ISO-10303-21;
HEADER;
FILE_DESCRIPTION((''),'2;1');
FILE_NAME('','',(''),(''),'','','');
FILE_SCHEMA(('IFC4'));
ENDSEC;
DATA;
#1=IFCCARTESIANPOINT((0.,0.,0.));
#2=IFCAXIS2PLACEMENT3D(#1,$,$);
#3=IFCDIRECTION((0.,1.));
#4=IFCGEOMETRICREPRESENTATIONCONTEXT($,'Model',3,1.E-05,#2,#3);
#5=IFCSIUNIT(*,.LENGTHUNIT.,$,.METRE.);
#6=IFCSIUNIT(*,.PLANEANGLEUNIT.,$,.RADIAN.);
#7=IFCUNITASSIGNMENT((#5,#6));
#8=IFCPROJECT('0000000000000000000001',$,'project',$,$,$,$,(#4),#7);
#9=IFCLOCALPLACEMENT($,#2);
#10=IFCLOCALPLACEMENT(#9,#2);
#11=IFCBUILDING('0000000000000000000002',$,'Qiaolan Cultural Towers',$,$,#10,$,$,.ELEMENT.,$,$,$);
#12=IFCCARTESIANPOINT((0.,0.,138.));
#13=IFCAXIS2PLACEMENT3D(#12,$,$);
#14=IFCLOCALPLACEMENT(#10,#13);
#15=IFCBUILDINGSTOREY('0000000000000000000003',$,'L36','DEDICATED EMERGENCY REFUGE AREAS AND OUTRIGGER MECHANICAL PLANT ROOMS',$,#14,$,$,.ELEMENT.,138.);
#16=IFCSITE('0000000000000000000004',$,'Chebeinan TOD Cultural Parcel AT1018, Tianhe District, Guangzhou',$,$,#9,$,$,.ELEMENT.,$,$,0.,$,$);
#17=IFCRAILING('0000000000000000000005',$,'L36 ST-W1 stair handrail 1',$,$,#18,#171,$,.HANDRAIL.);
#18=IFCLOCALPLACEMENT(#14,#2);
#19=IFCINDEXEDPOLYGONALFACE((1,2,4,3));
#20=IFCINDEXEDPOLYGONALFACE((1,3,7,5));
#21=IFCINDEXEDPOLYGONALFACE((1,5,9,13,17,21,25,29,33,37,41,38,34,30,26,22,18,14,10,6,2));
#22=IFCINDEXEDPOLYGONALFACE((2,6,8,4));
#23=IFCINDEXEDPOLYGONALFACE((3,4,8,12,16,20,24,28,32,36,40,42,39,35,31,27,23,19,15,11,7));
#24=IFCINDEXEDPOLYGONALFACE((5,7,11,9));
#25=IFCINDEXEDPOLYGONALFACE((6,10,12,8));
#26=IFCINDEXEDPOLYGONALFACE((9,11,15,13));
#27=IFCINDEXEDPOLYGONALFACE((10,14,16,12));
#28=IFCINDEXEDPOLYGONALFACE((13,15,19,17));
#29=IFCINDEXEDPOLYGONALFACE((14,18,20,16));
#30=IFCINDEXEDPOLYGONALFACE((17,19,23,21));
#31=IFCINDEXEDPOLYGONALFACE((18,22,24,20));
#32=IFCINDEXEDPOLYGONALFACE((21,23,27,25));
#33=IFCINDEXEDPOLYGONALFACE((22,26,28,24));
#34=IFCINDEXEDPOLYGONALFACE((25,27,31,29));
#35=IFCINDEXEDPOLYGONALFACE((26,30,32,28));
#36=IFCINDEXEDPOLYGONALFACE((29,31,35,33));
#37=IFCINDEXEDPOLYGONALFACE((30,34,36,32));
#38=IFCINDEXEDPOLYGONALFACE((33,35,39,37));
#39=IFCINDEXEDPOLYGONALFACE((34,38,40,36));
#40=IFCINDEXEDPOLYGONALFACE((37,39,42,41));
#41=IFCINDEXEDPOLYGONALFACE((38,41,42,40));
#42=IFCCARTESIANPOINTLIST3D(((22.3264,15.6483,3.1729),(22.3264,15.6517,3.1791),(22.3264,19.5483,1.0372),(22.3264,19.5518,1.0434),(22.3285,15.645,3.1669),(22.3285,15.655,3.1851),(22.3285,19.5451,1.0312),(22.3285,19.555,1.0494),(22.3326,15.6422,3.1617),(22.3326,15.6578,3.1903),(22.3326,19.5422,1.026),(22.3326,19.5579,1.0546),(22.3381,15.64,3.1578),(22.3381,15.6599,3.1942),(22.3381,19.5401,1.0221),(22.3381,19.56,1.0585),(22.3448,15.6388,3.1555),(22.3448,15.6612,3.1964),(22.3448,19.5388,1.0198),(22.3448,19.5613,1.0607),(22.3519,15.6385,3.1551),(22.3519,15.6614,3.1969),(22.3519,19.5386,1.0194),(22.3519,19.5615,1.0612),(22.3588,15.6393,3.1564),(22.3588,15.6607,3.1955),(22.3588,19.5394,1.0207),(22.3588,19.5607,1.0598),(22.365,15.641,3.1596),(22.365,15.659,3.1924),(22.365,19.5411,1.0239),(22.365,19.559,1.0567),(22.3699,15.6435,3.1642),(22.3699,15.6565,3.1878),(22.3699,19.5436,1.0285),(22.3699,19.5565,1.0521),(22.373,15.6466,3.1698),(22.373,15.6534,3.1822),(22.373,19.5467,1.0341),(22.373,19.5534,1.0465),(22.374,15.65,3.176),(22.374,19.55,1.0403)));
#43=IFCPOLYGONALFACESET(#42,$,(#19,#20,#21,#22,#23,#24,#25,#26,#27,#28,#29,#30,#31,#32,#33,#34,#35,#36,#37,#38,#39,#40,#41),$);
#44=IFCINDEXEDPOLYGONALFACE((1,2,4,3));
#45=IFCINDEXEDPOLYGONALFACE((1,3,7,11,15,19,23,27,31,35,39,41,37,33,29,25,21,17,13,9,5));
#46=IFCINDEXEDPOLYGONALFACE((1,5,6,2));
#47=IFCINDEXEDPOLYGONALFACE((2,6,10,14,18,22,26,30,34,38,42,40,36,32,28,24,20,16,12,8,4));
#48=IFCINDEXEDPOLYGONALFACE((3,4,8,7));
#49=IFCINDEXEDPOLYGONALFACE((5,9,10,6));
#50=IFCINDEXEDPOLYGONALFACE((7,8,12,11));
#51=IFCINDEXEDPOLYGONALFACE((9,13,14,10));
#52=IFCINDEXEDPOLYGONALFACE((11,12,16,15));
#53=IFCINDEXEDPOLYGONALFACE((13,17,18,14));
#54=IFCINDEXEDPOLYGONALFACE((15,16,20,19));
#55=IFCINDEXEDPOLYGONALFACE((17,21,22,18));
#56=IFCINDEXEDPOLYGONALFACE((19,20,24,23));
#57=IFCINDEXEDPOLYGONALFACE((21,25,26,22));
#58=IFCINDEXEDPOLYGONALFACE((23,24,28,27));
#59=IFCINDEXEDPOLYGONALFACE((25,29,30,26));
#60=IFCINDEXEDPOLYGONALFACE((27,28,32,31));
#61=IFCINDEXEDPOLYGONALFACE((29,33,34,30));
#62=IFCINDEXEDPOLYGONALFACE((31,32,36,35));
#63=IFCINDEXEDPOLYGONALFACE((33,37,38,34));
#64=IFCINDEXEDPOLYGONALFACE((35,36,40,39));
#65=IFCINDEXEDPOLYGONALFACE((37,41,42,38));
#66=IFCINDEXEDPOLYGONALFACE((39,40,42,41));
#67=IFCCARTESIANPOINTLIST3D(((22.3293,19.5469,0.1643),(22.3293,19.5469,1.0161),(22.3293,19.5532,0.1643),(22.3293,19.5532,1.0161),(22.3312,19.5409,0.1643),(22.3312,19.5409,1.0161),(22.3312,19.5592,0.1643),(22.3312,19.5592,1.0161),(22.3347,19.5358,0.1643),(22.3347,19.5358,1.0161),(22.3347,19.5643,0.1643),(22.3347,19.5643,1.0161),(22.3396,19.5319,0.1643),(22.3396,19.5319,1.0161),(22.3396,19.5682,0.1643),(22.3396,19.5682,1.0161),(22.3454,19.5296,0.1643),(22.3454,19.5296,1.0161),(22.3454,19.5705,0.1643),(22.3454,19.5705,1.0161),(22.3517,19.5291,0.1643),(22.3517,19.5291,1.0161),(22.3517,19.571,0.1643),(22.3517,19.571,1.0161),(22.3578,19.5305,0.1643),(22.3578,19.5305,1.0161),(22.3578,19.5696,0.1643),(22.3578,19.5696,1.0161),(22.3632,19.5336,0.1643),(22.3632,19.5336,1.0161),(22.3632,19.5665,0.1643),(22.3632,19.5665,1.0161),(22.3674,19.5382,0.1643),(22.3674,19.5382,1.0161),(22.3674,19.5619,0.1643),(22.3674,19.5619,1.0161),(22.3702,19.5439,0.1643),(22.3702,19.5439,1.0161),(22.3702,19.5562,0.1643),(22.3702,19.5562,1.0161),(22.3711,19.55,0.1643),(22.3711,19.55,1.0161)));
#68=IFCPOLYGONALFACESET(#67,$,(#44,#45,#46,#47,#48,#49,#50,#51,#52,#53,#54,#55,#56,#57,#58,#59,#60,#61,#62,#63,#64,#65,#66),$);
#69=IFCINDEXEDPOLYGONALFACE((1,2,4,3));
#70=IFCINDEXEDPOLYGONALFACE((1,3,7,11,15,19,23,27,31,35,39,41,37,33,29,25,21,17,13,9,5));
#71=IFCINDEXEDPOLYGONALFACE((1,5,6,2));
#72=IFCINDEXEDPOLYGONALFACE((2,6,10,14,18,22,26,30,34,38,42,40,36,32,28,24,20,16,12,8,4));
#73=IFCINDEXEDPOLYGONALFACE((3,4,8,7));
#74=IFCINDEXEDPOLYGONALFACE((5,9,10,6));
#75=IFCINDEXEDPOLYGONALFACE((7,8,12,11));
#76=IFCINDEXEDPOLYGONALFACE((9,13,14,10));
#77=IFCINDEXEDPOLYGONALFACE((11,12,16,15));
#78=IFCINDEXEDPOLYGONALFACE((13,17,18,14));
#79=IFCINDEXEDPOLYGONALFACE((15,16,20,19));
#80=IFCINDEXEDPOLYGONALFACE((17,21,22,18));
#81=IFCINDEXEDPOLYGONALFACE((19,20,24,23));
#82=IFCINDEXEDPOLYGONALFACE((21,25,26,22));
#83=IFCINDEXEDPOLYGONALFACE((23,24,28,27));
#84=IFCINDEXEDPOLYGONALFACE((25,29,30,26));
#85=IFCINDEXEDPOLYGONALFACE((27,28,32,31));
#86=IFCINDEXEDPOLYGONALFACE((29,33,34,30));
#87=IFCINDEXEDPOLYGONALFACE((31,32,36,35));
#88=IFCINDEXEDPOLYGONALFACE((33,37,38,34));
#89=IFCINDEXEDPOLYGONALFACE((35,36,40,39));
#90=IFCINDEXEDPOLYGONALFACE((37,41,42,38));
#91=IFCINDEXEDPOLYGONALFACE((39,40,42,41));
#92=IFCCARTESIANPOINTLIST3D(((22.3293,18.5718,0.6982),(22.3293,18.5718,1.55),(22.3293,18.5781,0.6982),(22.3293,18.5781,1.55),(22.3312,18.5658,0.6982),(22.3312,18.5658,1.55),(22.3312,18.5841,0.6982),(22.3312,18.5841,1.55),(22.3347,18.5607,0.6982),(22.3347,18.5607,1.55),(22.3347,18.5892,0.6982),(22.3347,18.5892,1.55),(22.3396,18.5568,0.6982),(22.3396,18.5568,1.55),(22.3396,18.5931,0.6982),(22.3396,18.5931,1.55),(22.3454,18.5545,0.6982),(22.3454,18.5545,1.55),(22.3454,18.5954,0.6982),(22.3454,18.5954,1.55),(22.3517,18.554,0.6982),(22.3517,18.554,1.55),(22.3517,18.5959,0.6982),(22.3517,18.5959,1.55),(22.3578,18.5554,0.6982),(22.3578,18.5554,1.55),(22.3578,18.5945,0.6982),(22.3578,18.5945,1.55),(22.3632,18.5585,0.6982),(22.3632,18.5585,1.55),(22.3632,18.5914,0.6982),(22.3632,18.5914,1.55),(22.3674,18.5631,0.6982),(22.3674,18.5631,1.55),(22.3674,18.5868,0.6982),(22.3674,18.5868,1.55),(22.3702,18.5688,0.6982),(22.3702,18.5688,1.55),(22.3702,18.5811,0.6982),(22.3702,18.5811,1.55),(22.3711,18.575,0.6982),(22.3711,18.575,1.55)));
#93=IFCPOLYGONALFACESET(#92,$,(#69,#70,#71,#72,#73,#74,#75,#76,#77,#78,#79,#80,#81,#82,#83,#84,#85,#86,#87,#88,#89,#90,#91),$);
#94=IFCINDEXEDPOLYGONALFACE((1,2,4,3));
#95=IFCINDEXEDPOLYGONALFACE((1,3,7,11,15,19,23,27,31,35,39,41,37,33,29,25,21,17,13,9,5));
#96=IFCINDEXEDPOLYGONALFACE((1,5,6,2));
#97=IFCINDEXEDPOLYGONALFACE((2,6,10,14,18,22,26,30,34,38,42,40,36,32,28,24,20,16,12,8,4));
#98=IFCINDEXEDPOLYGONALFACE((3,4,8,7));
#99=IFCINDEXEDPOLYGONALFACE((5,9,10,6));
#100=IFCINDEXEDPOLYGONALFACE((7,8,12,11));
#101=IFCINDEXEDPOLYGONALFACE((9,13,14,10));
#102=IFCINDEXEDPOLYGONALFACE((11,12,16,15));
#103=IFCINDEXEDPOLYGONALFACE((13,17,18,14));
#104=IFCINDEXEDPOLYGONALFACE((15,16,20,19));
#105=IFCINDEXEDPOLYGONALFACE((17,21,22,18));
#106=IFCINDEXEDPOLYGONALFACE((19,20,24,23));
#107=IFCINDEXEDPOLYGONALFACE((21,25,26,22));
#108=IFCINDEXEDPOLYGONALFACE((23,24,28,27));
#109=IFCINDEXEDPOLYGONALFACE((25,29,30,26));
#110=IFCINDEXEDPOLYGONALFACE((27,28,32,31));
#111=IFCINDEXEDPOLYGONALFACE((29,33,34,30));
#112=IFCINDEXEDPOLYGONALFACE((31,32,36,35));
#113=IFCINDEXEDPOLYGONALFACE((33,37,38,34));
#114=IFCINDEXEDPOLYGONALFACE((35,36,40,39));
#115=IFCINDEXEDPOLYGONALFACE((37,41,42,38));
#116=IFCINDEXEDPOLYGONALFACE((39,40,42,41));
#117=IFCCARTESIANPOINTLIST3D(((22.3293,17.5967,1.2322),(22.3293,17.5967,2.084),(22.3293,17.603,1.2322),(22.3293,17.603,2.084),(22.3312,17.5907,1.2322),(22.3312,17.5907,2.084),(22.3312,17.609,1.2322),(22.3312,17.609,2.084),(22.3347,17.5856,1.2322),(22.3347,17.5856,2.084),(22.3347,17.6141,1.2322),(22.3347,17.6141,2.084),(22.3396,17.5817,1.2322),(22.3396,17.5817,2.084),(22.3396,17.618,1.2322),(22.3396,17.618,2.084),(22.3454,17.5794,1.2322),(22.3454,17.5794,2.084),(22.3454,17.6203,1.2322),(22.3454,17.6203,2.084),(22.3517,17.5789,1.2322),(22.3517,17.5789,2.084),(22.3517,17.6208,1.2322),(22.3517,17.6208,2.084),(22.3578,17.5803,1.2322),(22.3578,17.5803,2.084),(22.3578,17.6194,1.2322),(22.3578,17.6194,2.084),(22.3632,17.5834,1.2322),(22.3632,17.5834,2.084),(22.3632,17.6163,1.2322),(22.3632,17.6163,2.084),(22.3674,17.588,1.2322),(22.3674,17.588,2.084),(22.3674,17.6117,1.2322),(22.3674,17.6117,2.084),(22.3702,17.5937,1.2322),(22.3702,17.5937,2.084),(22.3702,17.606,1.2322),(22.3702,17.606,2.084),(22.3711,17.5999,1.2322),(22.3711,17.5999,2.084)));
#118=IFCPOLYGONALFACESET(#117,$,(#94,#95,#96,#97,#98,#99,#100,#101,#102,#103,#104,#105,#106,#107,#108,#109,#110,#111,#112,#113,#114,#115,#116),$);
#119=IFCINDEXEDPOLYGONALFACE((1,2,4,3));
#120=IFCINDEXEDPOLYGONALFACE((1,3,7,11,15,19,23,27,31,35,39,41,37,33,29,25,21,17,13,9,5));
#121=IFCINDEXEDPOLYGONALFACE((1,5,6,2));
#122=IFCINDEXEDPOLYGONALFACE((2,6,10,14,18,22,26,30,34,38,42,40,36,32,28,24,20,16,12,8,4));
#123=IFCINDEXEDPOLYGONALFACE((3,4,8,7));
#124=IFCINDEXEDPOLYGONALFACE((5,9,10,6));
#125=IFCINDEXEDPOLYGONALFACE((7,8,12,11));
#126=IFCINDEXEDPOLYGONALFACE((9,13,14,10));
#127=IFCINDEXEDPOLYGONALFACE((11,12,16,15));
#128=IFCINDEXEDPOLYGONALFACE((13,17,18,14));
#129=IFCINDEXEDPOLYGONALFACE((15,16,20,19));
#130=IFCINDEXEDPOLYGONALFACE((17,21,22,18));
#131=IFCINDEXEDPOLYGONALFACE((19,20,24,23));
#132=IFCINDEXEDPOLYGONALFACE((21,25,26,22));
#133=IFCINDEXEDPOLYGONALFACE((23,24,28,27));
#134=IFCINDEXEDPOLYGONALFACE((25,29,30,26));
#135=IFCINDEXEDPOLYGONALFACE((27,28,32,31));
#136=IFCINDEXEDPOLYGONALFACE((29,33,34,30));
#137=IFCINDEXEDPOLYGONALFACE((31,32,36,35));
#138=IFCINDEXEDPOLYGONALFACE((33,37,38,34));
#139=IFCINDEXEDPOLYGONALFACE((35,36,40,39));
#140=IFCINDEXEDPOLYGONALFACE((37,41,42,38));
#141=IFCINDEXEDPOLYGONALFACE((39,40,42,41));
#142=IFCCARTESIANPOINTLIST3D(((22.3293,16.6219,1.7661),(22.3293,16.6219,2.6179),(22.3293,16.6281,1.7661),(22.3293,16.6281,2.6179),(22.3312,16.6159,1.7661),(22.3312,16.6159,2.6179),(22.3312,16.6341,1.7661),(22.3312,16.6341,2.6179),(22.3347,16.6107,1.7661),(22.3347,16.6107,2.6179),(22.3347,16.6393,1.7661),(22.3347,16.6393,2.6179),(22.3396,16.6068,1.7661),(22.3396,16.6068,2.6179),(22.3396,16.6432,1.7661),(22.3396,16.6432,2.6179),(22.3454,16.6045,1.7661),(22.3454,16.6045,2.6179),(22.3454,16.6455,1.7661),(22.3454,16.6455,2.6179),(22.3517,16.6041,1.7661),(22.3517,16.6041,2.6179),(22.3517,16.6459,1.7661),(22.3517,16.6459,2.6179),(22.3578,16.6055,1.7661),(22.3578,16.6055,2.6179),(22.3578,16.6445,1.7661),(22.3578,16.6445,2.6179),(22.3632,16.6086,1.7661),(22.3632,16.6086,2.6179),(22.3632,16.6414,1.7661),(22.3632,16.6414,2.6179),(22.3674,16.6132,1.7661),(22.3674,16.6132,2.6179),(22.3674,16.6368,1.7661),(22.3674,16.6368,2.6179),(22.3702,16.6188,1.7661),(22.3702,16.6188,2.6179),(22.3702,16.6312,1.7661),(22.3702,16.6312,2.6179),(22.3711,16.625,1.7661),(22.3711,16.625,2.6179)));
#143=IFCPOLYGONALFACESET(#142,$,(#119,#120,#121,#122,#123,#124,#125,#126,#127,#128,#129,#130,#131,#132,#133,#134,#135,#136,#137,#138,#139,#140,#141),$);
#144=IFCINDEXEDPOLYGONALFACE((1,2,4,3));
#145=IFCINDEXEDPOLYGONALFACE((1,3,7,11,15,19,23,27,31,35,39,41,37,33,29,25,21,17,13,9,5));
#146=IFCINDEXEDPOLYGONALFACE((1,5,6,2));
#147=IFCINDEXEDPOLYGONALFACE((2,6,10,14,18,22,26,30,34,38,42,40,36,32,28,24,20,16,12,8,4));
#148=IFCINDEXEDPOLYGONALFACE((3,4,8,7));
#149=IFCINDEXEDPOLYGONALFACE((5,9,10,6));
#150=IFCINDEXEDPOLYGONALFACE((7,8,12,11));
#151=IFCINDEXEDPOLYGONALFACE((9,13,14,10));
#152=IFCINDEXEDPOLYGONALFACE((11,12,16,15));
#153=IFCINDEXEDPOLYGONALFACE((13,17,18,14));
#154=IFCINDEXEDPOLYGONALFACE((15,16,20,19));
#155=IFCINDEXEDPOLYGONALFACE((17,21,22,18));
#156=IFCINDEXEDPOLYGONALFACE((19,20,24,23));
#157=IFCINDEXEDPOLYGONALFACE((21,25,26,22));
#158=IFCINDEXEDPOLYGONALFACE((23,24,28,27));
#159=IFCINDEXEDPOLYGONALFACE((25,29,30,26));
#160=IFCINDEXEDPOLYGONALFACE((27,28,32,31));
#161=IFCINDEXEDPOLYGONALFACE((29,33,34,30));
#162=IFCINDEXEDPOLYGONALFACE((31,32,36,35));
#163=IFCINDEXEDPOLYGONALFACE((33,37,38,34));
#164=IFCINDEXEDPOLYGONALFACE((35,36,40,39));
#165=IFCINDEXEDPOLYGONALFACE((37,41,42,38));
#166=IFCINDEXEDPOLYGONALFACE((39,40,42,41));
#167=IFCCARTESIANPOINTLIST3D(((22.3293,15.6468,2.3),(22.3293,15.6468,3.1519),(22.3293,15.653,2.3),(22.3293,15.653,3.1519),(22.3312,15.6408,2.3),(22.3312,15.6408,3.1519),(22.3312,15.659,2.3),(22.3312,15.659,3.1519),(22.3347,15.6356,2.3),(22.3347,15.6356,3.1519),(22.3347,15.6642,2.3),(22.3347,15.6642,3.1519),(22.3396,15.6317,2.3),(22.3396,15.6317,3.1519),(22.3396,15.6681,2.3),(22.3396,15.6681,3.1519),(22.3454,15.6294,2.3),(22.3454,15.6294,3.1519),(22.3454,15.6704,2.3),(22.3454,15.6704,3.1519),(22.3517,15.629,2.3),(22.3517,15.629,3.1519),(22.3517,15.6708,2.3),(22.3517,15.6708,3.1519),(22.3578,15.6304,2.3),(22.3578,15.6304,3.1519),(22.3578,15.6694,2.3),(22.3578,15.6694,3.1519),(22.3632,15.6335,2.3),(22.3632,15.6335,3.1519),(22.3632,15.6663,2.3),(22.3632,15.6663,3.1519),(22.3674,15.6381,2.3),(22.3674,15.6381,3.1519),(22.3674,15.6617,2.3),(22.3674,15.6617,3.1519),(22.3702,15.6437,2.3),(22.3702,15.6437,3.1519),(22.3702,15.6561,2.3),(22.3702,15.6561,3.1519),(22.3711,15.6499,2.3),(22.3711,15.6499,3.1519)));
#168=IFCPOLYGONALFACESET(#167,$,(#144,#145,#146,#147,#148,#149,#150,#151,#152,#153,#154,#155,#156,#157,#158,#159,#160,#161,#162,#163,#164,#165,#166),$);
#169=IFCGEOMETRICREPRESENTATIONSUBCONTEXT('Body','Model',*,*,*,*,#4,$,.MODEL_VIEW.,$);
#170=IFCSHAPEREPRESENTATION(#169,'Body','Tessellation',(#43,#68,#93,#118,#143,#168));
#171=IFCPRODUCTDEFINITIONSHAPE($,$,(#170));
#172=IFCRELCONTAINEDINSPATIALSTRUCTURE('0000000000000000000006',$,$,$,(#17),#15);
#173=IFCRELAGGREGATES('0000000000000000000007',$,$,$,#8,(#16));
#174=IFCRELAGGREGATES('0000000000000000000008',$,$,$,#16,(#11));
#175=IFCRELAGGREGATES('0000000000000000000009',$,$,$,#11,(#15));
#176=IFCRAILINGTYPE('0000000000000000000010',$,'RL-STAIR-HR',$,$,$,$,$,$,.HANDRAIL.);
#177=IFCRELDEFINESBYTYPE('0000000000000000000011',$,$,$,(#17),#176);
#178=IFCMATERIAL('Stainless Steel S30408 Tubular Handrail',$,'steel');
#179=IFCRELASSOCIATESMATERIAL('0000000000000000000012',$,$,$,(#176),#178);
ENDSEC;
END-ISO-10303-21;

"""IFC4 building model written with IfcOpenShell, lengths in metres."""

from ifc_helpers import new_model, si_unit, direction, frame, origin, origin_2d, place, context, subcontext, project, spatial, circle, extrude, material, type_object, element, save


model = new_model("IFC4")

# Units and contexts
model_context = context("Model", 3, precision=1e-05, world=origin(), true_north=direction((0.0, 1.0)))
body_context = subcontext(model_context, "Body", "Model", "MODEL_VIEW")
ifc_project = project(units=[si_unit("LENGTHUNIT", "METRE"), si_unit("PLANEANGLEUNIT", "RADIAN")], contexts=[model_context])

# Site, building, storey
site_placement = place(None, origin())
site = spatial("IfcSite", under=ifc_project, at=site_placement, Name="Chebeinan TOD Cultural Parcel AT1018, Tianhe District, Guangzhou", CompositionType="ELEMENT", RefElevation=0.0)
building_placement = place(site_placement, origin())
building = spatial("IfcBuilding", under=site, at=building_placement, Name="Qiaolan Cultural Towers", CompositionType="ELEMENT")
storey_placement = place(building_placement, frame((0.0, 0.0, 138.0)))
storey = spatial("IfcBuildingStorey", under=building, at=storey_placement, Name="L36", Description="DEDICATED EMERGENCY REFUGE AREAS AND OUTRIGGER MECHANICAL PLANT ROOMS", CompositionType="ELEMENT", Elevation=138.0)

# Railing
ifc_material_1 = material(Name="Stainless Steel S30408 Tubular Handrail", Category="steel")
railing_type_1 = type_object("IfcRailingType", Name="RL-STAIR-HR", PredefinedType="HANDRAIL", material=ifc_material_1)
railing_1_placement = place(storey_placement, frame((22.3501, 19.55, 0.1643)))
element("IfcRailing", 1, at=railing_1_placement, inside=storey, type_object=railing_type_1, Name="L36 ST-W1 stair handrail 1", PredefinedType="HANDRAIL", context=body_context, shape_type="SweptSolid", body=[
    extrude(circle(Radius=0.0239, at=origin_2d()), frame((0.0, 0.0, 0.876), z_axis=(0.0, -0.877101, 0.480306), x_axis=(1.0, 0.0, 0.0)), (0.0, 0.0, 1.0), 4.4465),
    extrude(circle(Radius=0.021, at=origin_2d()), origin(), (0.0, 0.0, 1.0), 0.8518),
    extrude(circle(Radius=0.021, at=origin_2d()), frame((0.0, -0.9751, 0.5339)), (0.0, 0.0, 1.0), 0.8518),
    extrude(circle(Radius=0.021, at=origin_2d()), frame((0.0, -1.9502, 1.0679)), (0.0, 0.0, 1.0), 0.8518),
    extrude(circle(Radius=0.021, at=origin_2d()), frame((0.0, -2.925, 1.6018)), (0.0, 0.0, 1.0), 0.8518),
    extrude(circle(Radius=0.021, at=origin_2d()), frame((0.0, -3.9001, 2.1357)), (0.0, 0.0, 1.0), 0.8518),
])

save(model, "model.ifc")
